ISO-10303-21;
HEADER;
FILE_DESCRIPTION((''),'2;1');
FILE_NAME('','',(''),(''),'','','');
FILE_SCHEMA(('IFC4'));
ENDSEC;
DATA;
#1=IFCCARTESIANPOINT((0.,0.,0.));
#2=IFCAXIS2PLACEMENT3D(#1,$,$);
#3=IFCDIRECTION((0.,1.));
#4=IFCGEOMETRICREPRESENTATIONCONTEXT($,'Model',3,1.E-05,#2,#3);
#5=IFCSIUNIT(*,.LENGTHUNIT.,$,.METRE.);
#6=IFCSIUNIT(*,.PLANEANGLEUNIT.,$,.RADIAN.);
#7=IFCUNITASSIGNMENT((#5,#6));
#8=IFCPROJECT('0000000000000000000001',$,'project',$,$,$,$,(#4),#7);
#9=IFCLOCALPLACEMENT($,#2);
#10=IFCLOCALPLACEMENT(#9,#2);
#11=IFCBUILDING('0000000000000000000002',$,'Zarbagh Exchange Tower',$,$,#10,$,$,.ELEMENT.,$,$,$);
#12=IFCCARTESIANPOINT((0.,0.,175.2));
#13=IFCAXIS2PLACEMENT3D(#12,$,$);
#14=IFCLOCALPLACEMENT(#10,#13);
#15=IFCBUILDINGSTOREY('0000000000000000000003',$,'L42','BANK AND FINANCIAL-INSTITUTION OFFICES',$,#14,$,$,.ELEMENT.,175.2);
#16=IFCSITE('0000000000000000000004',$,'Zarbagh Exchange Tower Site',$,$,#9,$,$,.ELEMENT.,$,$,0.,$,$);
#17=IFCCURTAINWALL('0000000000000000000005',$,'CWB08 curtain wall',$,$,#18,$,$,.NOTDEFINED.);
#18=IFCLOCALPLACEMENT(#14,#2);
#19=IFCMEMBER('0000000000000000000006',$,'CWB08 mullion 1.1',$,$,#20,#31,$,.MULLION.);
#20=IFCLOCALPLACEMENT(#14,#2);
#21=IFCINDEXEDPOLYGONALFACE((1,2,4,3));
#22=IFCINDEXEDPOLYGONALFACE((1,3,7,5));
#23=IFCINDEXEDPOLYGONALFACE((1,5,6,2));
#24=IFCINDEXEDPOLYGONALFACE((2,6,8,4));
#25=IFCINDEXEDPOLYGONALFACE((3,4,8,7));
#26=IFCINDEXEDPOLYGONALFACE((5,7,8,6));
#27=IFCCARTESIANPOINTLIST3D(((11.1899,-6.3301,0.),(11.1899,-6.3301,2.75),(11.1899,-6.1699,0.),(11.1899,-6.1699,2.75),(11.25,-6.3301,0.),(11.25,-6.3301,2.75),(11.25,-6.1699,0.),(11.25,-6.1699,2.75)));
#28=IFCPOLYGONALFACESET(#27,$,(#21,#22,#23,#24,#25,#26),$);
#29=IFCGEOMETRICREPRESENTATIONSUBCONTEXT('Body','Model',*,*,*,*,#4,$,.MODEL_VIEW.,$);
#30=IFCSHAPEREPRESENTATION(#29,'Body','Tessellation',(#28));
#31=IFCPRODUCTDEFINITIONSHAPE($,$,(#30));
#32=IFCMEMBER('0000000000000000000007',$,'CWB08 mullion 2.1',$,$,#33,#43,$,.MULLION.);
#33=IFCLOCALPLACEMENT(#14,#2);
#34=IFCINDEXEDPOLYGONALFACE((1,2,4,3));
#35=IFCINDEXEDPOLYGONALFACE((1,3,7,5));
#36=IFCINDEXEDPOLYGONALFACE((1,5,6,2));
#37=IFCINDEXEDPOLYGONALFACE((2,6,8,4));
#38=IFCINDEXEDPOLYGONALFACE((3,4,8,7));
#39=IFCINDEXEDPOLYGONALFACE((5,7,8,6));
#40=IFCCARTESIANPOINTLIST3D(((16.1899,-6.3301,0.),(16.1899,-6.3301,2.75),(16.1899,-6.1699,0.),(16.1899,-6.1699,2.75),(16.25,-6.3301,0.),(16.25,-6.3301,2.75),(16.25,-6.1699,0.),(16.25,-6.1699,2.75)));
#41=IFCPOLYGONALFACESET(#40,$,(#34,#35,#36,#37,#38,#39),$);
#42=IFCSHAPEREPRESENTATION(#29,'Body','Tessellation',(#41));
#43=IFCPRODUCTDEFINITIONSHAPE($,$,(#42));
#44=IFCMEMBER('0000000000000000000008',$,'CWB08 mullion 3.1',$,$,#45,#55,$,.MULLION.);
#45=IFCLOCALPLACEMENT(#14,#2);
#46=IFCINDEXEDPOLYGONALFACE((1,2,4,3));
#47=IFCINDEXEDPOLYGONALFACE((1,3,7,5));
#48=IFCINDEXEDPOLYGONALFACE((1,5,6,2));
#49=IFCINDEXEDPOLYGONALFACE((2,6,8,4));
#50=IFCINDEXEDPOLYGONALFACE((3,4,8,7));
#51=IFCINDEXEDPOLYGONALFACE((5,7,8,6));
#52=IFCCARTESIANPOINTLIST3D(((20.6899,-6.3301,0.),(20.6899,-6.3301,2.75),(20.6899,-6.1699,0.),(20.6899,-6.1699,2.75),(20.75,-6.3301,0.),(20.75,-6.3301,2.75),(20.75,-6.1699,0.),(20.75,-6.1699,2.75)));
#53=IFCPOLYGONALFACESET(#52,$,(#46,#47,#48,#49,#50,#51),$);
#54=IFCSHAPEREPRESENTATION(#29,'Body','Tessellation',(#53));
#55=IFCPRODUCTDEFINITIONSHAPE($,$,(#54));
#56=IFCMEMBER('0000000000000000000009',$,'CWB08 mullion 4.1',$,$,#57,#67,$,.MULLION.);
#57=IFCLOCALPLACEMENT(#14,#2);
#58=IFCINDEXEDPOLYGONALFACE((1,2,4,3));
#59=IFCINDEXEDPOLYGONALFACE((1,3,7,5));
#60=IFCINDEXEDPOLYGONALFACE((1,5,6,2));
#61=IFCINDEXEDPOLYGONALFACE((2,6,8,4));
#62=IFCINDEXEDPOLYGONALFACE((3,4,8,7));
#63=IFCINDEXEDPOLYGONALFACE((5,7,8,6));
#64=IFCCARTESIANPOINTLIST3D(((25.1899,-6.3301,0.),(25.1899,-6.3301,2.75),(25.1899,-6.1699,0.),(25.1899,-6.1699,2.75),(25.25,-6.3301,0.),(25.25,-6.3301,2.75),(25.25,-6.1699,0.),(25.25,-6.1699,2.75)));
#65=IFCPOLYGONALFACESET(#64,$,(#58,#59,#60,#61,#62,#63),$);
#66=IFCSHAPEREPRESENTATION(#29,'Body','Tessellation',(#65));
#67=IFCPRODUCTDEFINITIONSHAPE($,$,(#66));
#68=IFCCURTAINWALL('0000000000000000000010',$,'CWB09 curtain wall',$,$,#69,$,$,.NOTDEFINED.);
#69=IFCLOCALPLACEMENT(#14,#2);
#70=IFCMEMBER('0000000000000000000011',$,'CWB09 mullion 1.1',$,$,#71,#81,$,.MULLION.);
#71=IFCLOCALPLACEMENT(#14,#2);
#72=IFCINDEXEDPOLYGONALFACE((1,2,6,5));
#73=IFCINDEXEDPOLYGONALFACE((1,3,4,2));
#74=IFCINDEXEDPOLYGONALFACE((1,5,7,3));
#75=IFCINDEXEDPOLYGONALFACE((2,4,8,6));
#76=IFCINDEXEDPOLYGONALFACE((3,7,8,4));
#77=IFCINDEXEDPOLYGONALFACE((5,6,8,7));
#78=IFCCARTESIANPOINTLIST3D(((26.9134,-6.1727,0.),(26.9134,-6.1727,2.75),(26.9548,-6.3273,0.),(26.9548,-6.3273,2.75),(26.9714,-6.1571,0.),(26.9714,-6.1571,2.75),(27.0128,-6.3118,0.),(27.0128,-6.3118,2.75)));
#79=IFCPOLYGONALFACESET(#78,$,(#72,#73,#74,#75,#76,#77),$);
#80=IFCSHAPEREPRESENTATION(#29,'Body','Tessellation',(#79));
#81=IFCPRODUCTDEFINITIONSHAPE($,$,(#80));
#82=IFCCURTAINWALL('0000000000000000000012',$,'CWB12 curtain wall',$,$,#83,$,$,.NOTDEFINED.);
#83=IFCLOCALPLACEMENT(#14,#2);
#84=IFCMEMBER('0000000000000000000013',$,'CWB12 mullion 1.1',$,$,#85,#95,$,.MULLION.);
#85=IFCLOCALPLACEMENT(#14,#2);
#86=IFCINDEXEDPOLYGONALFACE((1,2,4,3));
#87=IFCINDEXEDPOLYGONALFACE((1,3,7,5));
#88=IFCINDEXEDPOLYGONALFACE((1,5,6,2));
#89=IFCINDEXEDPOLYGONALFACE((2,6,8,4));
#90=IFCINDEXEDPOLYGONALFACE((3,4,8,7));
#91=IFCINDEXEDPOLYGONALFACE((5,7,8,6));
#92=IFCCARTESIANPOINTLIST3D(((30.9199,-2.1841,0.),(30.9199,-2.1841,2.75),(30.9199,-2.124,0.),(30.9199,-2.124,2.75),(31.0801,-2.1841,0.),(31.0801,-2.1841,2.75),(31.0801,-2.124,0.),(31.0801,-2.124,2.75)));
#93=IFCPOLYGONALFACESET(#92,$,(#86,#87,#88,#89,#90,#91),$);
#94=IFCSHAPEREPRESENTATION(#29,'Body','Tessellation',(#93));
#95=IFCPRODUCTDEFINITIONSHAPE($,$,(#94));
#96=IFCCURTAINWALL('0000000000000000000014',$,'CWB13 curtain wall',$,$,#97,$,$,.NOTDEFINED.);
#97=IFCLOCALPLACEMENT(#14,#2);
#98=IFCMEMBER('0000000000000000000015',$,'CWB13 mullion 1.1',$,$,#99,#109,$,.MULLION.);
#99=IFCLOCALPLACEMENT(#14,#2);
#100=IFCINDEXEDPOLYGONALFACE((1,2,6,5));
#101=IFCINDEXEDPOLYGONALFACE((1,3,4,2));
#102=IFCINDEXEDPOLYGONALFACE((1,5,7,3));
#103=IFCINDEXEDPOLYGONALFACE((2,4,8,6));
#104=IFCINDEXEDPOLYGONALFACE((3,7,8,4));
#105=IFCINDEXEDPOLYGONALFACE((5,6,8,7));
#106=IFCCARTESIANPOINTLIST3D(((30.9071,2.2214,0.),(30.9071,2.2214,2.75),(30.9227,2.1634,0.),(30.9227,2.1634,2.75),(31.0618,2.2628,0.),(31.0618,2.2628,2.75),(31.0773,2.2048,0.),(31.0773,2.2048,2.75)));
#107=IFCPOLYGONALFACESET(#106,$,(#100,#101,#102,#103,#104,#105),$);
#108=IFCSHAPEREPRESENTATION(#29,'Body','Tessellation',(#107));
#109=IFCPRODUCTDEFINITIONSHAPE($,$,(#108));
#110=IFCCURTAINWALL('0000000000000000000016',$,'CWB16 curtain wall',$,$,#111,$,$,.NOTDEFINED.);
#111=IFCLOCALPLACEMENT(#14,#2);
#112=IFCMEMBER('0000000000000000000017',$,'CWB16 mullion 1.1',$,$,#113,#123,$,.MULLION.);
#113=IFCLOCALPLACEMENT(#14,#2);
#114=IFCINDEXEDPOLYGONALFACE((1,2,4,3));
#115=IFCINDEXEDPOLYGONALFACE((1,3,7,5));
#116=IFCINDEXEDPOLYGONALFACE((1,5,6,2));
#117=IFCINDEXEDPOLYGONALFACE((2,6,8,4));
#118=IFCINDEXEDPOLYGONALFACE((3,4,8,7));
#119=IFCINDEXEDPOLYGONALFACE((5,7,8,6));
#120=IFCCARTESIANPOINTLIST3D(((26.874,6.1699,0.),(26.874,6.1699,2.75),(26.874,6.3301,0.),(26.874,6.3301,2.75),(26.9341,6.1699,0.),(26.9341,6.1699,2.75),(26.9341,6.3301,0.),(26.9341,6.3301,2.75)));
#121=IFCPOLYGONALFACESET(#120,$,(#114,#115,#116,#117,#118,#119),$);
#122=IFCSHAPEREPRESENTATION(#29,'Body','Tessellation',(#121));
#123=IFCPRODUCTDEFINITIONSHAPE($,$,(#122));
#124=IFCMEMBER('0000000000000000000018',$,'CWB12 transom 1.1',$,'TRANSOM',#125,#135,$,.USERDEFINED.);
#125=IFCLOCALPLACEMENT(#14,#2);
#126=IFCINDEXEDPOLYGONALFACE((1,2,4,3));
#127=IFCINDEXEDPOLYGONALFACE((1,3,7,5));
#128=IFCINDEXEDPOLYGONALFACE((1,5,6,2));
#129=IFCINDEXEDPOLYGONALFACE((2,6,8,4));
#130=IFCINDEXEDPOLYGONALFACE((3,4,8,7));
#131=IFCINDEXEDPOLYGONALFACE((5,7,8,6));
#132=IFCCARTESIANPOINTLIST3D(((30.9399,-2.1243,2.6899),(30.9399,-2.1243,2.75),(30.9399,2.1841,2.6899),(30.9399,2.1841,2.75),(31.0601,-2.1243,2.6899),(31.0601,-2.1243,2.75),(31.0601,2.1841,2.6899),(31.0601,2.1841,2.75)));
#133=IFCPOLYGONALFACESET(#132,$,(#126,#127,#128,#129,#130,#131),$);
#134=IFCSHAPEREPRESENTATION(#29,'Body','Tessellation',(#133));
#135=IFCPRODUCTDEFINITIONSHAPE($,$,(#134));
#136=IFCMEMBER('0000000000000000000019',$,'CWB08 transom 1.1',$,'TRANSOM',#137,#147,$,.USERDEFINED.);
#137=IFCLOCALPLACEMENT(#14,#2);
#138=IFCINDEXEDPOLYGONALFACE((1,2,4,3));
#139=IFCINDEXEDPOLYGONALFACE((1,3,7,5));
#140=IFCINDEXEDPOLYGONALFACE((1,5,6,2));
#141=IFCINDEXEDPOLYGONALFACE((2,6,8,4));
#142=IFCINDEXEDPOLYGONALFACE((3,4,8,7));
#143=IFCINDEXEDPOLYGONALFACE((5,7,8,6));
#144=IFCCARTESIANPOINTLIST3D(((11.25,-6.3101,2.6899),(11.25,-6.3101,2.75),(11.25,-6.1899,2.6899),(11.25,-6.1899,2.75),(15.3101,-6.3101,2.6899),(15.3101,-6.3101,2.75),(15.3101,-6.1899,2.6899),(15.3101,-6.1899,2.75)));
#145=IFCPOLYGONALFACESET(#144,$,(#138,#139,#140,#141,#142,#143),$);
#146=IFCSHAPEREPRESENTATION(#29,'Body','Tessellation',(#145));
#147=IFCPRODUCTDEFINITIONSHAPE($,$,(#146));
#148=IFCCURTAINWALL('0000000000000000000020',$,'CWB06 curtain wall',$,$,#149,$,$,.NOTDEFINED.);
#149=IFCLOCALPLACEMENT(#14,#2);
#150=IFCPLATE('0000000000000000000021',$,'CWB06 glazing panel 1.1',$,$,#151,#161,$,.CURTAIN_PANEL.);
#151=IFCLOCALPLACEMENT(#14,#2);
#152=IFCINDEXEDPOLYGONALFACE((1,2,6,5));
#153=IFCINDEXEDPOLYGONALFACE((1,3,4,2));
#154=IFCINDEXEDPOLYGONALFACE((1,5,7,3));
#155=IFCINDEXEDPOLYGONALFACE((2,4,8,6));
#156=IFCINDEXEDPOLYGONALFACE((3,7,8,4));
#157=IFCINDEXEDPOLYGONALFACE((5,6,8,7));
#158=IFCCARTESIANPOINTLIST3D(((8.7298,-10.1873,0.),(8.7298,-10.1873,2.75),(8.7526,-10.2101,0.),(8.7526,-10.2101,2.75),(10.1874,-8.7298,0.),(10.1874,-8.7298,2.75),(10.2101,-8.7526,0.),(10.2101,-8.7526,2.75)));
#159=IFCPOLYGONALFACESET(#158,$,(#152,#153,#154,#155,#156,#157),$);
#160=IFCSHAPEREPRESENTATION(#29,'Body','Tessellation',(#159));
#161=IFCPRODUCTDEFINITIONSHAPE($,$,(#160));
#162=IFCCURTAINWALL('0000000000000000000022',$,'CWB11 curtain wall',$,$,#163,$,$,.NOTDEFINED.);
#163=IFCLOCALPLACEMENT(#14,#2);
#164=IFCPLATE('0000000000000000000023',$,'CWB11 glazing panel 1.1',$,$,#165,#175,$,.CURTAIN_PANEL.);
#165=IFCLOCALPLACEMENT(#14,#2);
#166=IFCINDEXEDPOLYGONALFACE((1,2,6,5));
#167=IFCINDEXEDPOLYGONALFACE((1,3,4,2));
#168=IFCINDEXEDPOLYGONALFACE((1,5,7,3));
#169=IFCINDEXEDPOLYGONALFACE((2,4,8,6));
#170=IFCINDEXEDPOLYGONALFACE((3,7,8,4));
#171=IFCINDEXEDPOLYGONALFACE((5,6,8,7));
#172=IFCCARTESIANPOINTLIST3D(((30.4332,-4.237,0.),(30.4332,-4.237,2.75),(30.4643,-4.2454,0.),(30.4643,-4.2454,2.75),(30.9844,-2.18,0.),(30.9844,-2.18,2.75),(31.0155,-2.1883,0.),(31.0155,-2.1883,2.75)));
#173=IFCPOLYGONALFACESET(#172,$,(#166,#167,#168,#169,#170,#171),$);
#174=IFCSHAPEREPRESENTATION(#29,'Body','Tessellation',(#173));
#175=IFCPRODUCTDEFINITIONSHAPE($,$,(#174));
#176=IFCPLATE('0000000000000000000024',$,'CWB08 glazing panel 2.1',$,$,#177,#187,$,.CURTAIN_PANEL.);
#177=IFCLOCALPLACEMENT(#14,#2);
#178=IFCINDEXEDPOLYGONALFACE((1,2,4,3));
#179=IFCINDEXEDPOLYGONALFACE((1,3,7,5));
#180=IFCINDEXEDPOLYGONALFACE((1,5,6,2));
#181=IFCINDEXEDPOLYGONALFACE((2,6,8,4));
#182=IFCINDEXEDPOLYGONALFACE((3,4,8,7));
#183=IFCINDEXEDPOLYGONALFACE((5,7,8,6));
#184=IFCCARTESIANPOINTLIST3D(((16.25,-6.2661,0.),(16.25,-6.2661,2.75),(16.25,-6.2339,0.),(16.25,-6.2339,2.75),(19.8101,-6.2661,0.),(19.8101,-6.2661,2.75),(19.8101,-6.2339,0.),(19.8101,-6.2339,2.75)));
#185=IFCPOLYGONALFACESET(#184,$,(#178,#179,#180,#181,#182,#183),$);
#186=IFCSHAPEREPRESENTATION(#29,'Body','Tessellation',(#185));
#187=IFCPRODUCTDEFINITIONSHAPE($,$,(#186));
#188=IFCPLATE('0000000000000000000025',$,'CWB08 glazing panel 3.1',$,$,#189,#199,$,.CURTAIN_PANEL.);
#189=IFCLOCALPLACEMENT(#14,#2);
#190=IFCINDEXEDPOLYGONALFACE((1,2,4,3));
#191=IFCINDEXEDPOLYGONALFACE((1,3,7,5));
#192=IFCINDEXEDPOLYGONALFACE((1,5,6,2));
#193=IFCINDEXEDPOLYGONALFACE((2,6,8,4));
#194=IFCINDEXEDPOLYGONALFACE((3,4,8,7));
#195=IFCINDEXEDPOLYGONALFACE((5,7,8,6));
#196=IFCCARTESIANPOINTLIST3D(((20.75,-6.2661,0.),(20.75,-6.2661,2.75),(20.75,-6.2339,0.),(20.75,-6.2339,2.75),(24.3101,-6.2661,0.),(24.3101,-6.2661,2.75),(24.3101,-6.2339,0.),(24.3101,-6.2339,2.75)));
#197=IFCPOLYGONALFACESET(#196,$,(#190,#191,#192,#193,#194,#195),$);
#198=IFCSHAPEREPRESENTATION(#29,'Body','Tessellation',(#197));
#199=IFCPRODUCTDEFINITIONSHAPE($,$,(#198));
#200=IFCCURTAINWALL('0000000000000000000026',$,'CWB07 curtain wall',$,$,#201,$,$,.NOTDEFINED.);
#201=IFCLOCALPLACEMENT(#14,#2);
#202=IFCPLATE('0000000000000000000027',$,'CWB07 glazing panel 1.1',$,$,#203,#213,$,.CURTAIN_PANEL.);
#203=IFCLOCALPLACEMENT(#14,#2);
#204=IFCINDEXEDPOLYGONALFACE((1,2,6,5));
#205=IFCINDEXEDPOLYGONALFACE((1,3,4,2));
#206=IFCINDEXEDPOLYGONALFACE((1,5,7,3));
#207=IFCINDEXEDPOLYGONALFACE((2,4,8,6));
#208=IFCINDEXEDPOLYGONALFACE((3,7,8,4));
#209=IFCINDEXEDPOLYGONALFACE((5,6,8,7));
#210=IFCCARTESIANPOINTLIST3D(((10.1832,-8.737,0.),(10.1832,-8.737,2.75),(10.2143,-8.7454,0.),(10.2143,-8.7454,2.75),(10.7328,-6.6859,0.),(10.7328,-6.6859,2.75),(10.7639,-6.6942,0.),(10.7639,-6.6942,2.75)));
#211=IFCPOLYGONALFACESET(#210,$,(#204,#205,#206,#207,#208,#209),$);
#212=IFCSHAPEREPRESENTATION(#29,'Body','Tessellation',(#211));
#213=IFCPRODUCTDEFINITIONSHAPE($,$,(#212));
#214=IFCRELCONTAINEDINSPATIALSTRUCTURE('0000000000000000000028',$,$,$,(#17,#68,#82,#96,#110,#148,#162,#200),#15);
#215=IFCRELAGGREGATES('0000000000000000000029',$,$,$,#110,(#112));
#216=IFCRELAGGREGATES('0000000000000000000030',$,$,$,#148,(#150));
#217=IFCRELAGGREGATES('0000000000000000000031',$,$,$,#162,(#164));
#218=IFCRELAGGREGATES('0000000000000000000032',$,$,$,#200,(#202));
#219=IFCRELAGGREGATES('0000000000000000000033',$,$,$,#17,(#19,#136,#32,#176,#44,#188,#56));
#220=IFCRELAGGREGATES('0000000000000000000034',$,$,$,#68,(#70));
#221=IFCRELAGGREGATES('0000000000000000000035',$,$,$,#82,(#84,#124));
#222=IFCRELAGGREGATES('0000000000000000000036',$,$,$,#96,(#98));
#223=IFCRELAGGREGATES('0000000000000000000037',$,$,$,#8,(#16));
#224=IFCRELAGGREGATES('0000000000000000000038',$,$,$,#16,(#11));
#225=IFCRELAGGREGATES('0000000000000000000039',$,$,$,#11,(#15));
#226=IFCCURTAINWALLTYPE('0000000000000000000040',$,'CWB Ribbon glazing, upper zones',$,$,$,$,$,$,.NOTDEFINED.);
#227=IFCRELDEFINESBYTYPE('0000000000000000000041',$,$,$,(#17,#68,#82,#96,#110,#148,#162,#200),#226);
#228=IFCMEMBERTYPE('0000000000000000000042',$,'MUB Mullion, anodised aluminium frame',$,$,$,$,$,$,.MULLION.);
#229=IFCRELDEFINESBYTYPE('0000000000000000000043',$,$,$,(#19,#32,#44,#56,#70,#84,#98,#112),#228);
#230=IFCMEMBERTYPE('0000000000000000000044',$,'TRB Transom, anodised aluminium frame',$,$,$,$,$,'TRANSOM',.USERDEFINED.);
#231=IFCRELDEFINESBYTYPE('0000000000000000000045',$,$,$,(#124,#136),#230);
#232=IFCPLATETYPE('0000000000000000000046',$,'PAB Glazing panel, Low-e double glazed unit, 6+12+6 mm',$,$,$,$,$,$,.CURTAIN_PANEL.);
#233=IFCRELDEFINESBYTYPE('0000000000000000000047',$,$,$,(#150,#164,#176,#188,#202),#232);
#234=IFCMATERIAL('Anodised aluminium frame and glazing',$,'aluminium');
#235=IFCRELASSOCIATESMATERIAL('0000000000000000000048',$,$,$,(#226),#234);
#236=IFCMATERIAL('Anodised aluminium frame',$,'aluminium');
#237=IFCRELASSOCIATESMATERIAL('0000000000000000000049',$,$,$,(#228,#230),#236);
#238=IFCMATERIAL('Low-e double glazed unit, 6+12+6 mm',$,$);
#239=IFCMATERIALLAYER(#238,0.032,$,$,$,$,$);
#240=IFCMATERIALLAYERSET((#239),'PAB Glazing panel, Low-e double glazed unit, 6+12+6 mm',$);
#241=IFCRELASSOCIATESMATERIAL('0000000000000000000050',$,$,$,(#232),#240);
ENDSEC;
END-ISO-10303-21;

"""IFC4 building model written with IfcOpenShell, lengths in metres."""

from ifc_helpers import new_model, si_unit, direction, frame, origin, place, context, subcontext, project, spatial, polyline, outline, extrude, source, transform, mapped, material, layer, layer_set, type_object, element, aggregate, save


model = new_model("IFC4")

# Units and contexts
model_context = context("Model", 3, precision=1e-05, world=origin(), true_north=direction((0.0, 1.0)))
body_context = subcontext(model_context, "Body", "Model", "MODEL_VIEW")
ifc_project = project(units=[si_unit("LENGTHUNIT", "METRE"), si_unit("PLANEANGLEUNIT", "RADIAN")], contexts=[model_context])

# Site, building, storey
site_placement = place(None, origin())
site = spatial("IfcSite", under=ifc_project, at=site_placement, Name="Zarbagh Exchange Tower Site", CompositionType="ELEMENT", RefElevation=0.0)
building_placement = place(site_placement, origin())
building = spatial("IfcBuilding", under=site, at=building_placement, Name="Zarbagh Exchange Tower", CompositionType="ELEMENT")
storey_placement = place(building_placement, frame((0.0, 0.0, 175.2)))
storey = spatial("IfcBuildingStorey", under=building, at=storey_placement, Name="L42", Description="BANK AND FINANCIAL-INSTITUTION OFFICES", CompositionType="ELEMENT", Elevation=175.2)

# Curtain wall, members
ifc_material_1 = material(Name="Anodised aluminium frame and glazing", Category="aluminium")
curtain_wall_type = type_object("IfcCurtainWallType", Name="CWB Ribbon glazing, upper zones", PredefinedType="NOTDEFINED", material=ifc_material_1)
curtain_wall_1_placement = place(storey_placement, origin())
curtain_wall_1 = element("IfcCurtainWall", 1, at=curtain_wall_1_placement, inside=storey, type_object=curtain_wall_type, Name="CWB08 curtain wall", PredefinedType="NOTDEFINED")
ifc_material_2 = material(Name="Anodised aluminium frame", Category="aluminium")
member_type_1 = type_object("IfcMemberType", Name="MUB Mullion, anodised aluminium frame", PredefinedType="MULLION", material=ifc_material_2)
shared_shape_1 = source(origin(), body_context, "Body", "SweptSolid", [
    extrude(outline(polyline([(0.0, -0.0801), (0.0601, -0.0801), (0.0601, 0.0801), (0.0, 0.0801), (0.0, -0.0801)])), origin(), (0.0, 0.0, 1.0), 2.75),
])
placement = place(storey_placement, origin())
member_1 = element("IfcMember", 2, at=placement, type_object=member_type_1, Name="CWB08 mullion 1.1", PredefinedType="MULLION", context=body_context, shape_type="MappedRepresentation", body=[
    mapped(shared_shape_1, transform((11.1899, -6.25, 0.0), x_axis=(1.0, 0.0, 0.0), y_axis=(0.0, 1.0, 0.0), z_axis=(0.0, 0.0, 1.0))),
])
member_2 = element("IfcMember", 3, at=placement, type_object=member_type_1, Name="CWB08 mullion 2.1", PredefinedType="MULLION", context=body_context, shape_type="MappedRepresentation", body=[
    mapped(shared_shape_1, transform((16.1899, -6.25, 0.0), x_axis=(1.0, 0.0, 0.0), y_axis=(0.0, 1.0, 0.0), z_axis=(0.0, 0.0, 1.0))),
])
member_3 = element("IfcMember", 4, at=placement, type_object=member_type_1, Name="CWB08 mullion 3.1", PredefinedType="MULLION", context=body_context, shape_type="MappedRepresentation", body=[
    mapped(shared_shape_1, transform((20.6899, -6.25, 0.0), x_axis=(1.0, 0.0, 0.0), y_axis=(0.0, 1.0, 0.0), z_axis=(0.0, 0.0, 1.0))),
])
member_4 = element("IfcMember", 5, at=placement, type_object=member_type_1, Name="CWB08 mullion 4.1", PredefinedType="MULLION", context=body_context, shape_type="MappedRepresentation", body=[
    mapped(shared_shape_1, transform((25.1899, -6.25, 0.0), x_axis=(1.0, 0.0, 0.0), y_axis=(0.0, 1.0, 0.0), z_axis=(0.0, 0.0, 1.0))),
])

# Curtain walls, members
curtain_wall_2_placement = place(storey_placement, origin())
curtain_wall_2 = element("IfcCurtainWall", 6, at=curtain_wall_2_placement, inside=storey, type_object=curtain_wall_type, Name="CWB09 curtain wall", PredefinedType="NOTDEFINED")
member_5 = element("IfcMember", 7, at=placement, type_object=member_type_1, Name="CWB09 mullion 1.1", PredefinedType="MULLION", context=body_context, shape_type="MappedRepresentation", body=[
    mapped(shared_shape_1, transform((26.9341, -6.25, 0.0), x_axis=(0.965924, 0.258825, 0.0), y_axis=(-0.258825, 0.965924, 0.0), z_axis=(0.0, 0.0, 1.0))),
])
curtain_wall_3_placement = place(storey_placement, origin())
curtain_wall_3 = element("IfcCurtainWall", 8, at=curtain_wall_3_placement, inside=storey, type_object=curtain_wall_type, Name="CWB12 curtain wall", PredefinedType="NOTDEFINED")
member_6 = element("IfcMember", 9, at=placement, type_object=member_type_1, Name="CWB12 mullion 1.1", PredefinedType="MULLION", context=body_context, shape_type="MappedRepresentation", body=[
    mapped(shared_shape_1, transform((31.0, -2.1841, 0.0), x_axis=(0.0, 1.0, 0.0), y_axis=(-1.0, 0.0, 0.0), z_axis=(0.0, 0.0, 1.0))),
])
curtain_wall_4_placement = place(storey_placement, origin())
curtain_wall_4 = element("IfcCurtainWall", 10, at=curtain_wall_4_placement, inside=storey, type_object=curtain_wall_type, Name="CWB13 curtain wall", PredefinedType="NOTDEFINED")
member_7 = element("IfcMember", 11, at=placement, type_object=member_type_1, Name="CWB13 mullion 1.1", PredefinedType="MULLION", context=body_context, shape_type="MappedRepresentation", body=[
    mapped(shared_shape_1, transform((31.0, 2.1841, 0.0), x_axis=(-0.258825, 0.965924, 0.0), y_axis=(-0.965924, -0.258825, 0.0), z_axis=(0.0, 0.0, 1.0))),
])
curtain_wall_5_placement = place(storey_placement, origin())
curtain_wall_5 = element("IfcCurtainWall", 12, at=curtain_wall_5_placement, inside=storey, type_object=curtain_wall_type, Name="CWB16 curtain wall", PredefinedType="NOTDEFINED")
member_8 = element("IfcMember", 13, at=placement, type_object=member_type_1, Name="CWB16 mullion 1.1", PredefinedType="MULLION", context=body_context, shape_type="MappedRepresentation", body=[
    mapped(shared_shape_1, transform((26.9341, 6.25, 0.0), x_axis=(-1.0, 0.0, 0.0), y_axis=(0.0, -1.0, 0.0), z_axis=(0.0, 0.0, 1.0))),
])
aggregate(curtain_wall_5, [member_8])

# Members
member_type_2 = type_object("IfcMemberType", Name="TRB Transom, anodised aluminium frame", ElementType="TRANSOM", PredefinedType="USERDEFINED", material=ifc_material_2)
shared_shape_2 = source(origin(), body_context, "Body", "SweptSolid", [
    extrude(outline(polyline([(-0.0601, -0.0601), (0.0, -0.0601), (0.0, 0.0601), (-0.0601, 0.0601), (-0.0601, -0.0601)])), origin(), (0.0, 0.0, 1.0), 4.3083),
])
member_9 = element("IfcMember", 14, at=placement, type_object=member_type_2, Name="CWB12 transom 1.1", ObjectType="TRANSOM", PredefinedType="USERDEFINED", context=body_context, shape_type="MappedRepresentation", body=[
    mapped(shared_shape_2, transform((31.0, -2.1243, 2.75), x_axis=(0.0, 0.0, 1.0), y_axis=(1.0, 0.0, 0.0), z_axis=(0.0, 1.0, 0.0))),
])
shared_shape_3 = source(origin(), body_context, "Body", "SweptSolid", [
    extrude(outline(polyline([(-0.0601, -0.0601), (0.0, -0.0601), (0.0, 0.0601), (-0.0601, 0.0601), (-0.0601, -0.0601)])), origin(), (0.0, 0.0, 1.0), 4.0601),
])
member_10 = element("IfcMember", 15, at=placement, type_object=member_type_2, Name="CWB08 transom 1.1", ObjectType="TRANSOM", PredefinedType="USERDEFINED", context=body_context, shape_type="MappedRepresentation", body=[
    mapped(shared_shape_3, transform((11.25, -6.25, 2.75), x_axis=(0.0, 0.0, 1.0), y_axis=(0.0, -1.0, 0.0), z_axis=(1.0, 0.0, 0.0))),
])

# Curtain walls, plates
curtain_wall_6_placement = place(storey_placement, origin())
curtain_wall_6 = element("IfcCurtainWall", 16, at=curtain_wall_6_placement, inside=storey, type_object=curtain_wall_type, Name="CWB06 curtain wall", PredefinedType="NOTDEFINED")
ifc_material_3 = material(Name="Low-e double glazed unit, 6+12+6 mm")
ifc_layer = layer(ifc_material_3, 0.032)
ifc_layer_set = layer_set([ifc_layer], Name="PAB Glazing panel, Low-e double glazed unit, 6+12+6 mm")
plate_type = type_object("IfcPlateType", Name="PAB Glazing panel, Low-e double glazed unit, 6+12+6 mm", PredefinedType="CURTAIN_PANEL", material=ifc_layer_set)
shared_shape_4 = source(origin(), body_context, "Body", "SweptSolid", [
    extrude(outline(polyline([(0.0, -0.0161), (2.0613, -0.0161), (2.0613, 0.0161), (0.0, 0.0161), (0.0, -0.0161)])), origin(), (0.0, 0.0, 1.0), 2.75),
])
plate_1 = element("IfcPlate", 17, at=placement, type_object=plate_type, Name="CWB06 glazing panel 1.1", PredefinedType="CURTAIN_PANEL", context=body_context, shape_type="MappedRepresentation", body=[
    mapped(shared_shape_4, transform((8.7412, -10.1987, 0.0), x_axis=(0.707107, 0.707107, 0.0), y_axis=(-0.707107, 0.707107, 0.0), z_axis=(0.0, 0.0, 1.0))),
])
aggregate(curtain_wall_6, [plate_1])
curtain_wall_7_placement = place(storey_placement, origin())
curtain_wall_7 = element("IfcCurtainWall", 18, at=curtain_wall_7_placement, inside=storey, type_object=curtain_wall_type, Name="CWB11 curtain wall", PredefinedType="NOTDEFINED")
shared_shape_5 = source(origin(), body_context, "Body", "SweptSolid", [
    extrude(outline(polyline([(0.0, -0.0161), (2.1296, -0.0161), (2.1296, 0.0161), (0.0, 0.0161), (0.0, -0.0161)])), origin(), (0.0, 0.0, 1.0), 2.75),
])
plate_2 = element("IfcPlate", 19, at=placement, type_object=plate_type, Name="CWB11 glazing panel 1.1", PredefinedType="CURTAIN_PANEL", context=body_context, shape_type="MappedRepresentation", body=[
    mapped(shared_shape_5, transform((30.4487, -4.2412, 0.0), x_axis=(0.258825, 0.965924, 0.0), y_axis=(-0.965924, 0.258825, 0.0), z_axis=(0.0, 0.0, 1.0))),
])
aggregate(curtain_wall_7, [plate_2])

# Plates
shared_shape_6 = source(origin(), body_context, "Body", "SweptSolid", [
    extrude(outline(polyline([(0.0, -0.0161), (3.5601, -0.0161), (3.5601, 0.0161), (0.0, 0.0161), (0.0, -0.0161)])), origin(), (0.0, 0.0, 1.0), 2.75),
])
plate_3 = element("IfcPlate", 20, at=placement, type_object=plate_type, Name="CWB08 glazing panel 2.1", PredefinedType="CURTAIN_PANEL", context=body_context, shape_type="MappedRepresentation", body=[
    mapped(shared_shape_6, transform((16.25, -6.25, 0.0), x_axis=(1.0, 0.0, 0.0), y_axis=(0.0, 1.0, 0.0), z_axis=(0.0, 0.0, 1.0))),
])
plate_4 = element("IfcPlate", 21, at=placement, type_object=plate_type, Name="CWB08 glazing panel 3.1", PredefinedType="CURTAIN_PANEL", context=body_context, shape_type="MappedRepresentation", body=[
    mapped(shared_shape_6, transform((20.75, -6.25, 0.0), x_axis=(1.0, 0.0, 0.0), y_axis=(0.0, 1.0, 0.0), z_axis=(0.0, 0.0, 1.0))),
])

# Curtain wall, plate
curtain_wall_8_placement = place(storey_placement, origin())
curtain_wall_8 = element("IfcCurtainWall", 22, at=curtain_wall_8_placement, inside=storey, type_object=curtain_wall_type, Name="CWB07 curtain wall", PredefinedType="NOTDEFINED")
shared_shape_7 = source(origin(), body_context, "Body", "SweptSolid", [
    extrude(outline(polyline([(0.0, -0.0161), (2.1235, -0.0161), (2.1235, 0.0161), (0.0, 0.0161), (0.0, -0.0161)])), origin(), (0.0, 0.0, 1.0), 2.75),
])
plate_5 = element("IfcPlate", 23, at=placement, type_object=plate_type, Name="CWB07 glazing panel 1.1", PredefinedType="CURTAIN_PANEL", context=body_context, shape_type="MappedRepresentation", body=[
    mapped(shared_shape_7, transform((10.1987, -8.7412, 0.0), x_axis=(0.258825, 0.965924, 0.0), y_axis=(-0.965924, 0.258825, 0.0), z_axis=(0.0, 0.0, 1.0))),
])
aggregate(curtain_wall_8, [plate_5])

aggregate(curtain_wall_1, [member_1, member_10, member_2, plate_3, member_3, plate_4, member_4])
aggregate(curtain_wall_2, [member_5])

aggregate(curtain_wall_3, [member_6, member_9])
aggregate(curtain_wall_4, [member_7])

save(model, "model.ifc")
